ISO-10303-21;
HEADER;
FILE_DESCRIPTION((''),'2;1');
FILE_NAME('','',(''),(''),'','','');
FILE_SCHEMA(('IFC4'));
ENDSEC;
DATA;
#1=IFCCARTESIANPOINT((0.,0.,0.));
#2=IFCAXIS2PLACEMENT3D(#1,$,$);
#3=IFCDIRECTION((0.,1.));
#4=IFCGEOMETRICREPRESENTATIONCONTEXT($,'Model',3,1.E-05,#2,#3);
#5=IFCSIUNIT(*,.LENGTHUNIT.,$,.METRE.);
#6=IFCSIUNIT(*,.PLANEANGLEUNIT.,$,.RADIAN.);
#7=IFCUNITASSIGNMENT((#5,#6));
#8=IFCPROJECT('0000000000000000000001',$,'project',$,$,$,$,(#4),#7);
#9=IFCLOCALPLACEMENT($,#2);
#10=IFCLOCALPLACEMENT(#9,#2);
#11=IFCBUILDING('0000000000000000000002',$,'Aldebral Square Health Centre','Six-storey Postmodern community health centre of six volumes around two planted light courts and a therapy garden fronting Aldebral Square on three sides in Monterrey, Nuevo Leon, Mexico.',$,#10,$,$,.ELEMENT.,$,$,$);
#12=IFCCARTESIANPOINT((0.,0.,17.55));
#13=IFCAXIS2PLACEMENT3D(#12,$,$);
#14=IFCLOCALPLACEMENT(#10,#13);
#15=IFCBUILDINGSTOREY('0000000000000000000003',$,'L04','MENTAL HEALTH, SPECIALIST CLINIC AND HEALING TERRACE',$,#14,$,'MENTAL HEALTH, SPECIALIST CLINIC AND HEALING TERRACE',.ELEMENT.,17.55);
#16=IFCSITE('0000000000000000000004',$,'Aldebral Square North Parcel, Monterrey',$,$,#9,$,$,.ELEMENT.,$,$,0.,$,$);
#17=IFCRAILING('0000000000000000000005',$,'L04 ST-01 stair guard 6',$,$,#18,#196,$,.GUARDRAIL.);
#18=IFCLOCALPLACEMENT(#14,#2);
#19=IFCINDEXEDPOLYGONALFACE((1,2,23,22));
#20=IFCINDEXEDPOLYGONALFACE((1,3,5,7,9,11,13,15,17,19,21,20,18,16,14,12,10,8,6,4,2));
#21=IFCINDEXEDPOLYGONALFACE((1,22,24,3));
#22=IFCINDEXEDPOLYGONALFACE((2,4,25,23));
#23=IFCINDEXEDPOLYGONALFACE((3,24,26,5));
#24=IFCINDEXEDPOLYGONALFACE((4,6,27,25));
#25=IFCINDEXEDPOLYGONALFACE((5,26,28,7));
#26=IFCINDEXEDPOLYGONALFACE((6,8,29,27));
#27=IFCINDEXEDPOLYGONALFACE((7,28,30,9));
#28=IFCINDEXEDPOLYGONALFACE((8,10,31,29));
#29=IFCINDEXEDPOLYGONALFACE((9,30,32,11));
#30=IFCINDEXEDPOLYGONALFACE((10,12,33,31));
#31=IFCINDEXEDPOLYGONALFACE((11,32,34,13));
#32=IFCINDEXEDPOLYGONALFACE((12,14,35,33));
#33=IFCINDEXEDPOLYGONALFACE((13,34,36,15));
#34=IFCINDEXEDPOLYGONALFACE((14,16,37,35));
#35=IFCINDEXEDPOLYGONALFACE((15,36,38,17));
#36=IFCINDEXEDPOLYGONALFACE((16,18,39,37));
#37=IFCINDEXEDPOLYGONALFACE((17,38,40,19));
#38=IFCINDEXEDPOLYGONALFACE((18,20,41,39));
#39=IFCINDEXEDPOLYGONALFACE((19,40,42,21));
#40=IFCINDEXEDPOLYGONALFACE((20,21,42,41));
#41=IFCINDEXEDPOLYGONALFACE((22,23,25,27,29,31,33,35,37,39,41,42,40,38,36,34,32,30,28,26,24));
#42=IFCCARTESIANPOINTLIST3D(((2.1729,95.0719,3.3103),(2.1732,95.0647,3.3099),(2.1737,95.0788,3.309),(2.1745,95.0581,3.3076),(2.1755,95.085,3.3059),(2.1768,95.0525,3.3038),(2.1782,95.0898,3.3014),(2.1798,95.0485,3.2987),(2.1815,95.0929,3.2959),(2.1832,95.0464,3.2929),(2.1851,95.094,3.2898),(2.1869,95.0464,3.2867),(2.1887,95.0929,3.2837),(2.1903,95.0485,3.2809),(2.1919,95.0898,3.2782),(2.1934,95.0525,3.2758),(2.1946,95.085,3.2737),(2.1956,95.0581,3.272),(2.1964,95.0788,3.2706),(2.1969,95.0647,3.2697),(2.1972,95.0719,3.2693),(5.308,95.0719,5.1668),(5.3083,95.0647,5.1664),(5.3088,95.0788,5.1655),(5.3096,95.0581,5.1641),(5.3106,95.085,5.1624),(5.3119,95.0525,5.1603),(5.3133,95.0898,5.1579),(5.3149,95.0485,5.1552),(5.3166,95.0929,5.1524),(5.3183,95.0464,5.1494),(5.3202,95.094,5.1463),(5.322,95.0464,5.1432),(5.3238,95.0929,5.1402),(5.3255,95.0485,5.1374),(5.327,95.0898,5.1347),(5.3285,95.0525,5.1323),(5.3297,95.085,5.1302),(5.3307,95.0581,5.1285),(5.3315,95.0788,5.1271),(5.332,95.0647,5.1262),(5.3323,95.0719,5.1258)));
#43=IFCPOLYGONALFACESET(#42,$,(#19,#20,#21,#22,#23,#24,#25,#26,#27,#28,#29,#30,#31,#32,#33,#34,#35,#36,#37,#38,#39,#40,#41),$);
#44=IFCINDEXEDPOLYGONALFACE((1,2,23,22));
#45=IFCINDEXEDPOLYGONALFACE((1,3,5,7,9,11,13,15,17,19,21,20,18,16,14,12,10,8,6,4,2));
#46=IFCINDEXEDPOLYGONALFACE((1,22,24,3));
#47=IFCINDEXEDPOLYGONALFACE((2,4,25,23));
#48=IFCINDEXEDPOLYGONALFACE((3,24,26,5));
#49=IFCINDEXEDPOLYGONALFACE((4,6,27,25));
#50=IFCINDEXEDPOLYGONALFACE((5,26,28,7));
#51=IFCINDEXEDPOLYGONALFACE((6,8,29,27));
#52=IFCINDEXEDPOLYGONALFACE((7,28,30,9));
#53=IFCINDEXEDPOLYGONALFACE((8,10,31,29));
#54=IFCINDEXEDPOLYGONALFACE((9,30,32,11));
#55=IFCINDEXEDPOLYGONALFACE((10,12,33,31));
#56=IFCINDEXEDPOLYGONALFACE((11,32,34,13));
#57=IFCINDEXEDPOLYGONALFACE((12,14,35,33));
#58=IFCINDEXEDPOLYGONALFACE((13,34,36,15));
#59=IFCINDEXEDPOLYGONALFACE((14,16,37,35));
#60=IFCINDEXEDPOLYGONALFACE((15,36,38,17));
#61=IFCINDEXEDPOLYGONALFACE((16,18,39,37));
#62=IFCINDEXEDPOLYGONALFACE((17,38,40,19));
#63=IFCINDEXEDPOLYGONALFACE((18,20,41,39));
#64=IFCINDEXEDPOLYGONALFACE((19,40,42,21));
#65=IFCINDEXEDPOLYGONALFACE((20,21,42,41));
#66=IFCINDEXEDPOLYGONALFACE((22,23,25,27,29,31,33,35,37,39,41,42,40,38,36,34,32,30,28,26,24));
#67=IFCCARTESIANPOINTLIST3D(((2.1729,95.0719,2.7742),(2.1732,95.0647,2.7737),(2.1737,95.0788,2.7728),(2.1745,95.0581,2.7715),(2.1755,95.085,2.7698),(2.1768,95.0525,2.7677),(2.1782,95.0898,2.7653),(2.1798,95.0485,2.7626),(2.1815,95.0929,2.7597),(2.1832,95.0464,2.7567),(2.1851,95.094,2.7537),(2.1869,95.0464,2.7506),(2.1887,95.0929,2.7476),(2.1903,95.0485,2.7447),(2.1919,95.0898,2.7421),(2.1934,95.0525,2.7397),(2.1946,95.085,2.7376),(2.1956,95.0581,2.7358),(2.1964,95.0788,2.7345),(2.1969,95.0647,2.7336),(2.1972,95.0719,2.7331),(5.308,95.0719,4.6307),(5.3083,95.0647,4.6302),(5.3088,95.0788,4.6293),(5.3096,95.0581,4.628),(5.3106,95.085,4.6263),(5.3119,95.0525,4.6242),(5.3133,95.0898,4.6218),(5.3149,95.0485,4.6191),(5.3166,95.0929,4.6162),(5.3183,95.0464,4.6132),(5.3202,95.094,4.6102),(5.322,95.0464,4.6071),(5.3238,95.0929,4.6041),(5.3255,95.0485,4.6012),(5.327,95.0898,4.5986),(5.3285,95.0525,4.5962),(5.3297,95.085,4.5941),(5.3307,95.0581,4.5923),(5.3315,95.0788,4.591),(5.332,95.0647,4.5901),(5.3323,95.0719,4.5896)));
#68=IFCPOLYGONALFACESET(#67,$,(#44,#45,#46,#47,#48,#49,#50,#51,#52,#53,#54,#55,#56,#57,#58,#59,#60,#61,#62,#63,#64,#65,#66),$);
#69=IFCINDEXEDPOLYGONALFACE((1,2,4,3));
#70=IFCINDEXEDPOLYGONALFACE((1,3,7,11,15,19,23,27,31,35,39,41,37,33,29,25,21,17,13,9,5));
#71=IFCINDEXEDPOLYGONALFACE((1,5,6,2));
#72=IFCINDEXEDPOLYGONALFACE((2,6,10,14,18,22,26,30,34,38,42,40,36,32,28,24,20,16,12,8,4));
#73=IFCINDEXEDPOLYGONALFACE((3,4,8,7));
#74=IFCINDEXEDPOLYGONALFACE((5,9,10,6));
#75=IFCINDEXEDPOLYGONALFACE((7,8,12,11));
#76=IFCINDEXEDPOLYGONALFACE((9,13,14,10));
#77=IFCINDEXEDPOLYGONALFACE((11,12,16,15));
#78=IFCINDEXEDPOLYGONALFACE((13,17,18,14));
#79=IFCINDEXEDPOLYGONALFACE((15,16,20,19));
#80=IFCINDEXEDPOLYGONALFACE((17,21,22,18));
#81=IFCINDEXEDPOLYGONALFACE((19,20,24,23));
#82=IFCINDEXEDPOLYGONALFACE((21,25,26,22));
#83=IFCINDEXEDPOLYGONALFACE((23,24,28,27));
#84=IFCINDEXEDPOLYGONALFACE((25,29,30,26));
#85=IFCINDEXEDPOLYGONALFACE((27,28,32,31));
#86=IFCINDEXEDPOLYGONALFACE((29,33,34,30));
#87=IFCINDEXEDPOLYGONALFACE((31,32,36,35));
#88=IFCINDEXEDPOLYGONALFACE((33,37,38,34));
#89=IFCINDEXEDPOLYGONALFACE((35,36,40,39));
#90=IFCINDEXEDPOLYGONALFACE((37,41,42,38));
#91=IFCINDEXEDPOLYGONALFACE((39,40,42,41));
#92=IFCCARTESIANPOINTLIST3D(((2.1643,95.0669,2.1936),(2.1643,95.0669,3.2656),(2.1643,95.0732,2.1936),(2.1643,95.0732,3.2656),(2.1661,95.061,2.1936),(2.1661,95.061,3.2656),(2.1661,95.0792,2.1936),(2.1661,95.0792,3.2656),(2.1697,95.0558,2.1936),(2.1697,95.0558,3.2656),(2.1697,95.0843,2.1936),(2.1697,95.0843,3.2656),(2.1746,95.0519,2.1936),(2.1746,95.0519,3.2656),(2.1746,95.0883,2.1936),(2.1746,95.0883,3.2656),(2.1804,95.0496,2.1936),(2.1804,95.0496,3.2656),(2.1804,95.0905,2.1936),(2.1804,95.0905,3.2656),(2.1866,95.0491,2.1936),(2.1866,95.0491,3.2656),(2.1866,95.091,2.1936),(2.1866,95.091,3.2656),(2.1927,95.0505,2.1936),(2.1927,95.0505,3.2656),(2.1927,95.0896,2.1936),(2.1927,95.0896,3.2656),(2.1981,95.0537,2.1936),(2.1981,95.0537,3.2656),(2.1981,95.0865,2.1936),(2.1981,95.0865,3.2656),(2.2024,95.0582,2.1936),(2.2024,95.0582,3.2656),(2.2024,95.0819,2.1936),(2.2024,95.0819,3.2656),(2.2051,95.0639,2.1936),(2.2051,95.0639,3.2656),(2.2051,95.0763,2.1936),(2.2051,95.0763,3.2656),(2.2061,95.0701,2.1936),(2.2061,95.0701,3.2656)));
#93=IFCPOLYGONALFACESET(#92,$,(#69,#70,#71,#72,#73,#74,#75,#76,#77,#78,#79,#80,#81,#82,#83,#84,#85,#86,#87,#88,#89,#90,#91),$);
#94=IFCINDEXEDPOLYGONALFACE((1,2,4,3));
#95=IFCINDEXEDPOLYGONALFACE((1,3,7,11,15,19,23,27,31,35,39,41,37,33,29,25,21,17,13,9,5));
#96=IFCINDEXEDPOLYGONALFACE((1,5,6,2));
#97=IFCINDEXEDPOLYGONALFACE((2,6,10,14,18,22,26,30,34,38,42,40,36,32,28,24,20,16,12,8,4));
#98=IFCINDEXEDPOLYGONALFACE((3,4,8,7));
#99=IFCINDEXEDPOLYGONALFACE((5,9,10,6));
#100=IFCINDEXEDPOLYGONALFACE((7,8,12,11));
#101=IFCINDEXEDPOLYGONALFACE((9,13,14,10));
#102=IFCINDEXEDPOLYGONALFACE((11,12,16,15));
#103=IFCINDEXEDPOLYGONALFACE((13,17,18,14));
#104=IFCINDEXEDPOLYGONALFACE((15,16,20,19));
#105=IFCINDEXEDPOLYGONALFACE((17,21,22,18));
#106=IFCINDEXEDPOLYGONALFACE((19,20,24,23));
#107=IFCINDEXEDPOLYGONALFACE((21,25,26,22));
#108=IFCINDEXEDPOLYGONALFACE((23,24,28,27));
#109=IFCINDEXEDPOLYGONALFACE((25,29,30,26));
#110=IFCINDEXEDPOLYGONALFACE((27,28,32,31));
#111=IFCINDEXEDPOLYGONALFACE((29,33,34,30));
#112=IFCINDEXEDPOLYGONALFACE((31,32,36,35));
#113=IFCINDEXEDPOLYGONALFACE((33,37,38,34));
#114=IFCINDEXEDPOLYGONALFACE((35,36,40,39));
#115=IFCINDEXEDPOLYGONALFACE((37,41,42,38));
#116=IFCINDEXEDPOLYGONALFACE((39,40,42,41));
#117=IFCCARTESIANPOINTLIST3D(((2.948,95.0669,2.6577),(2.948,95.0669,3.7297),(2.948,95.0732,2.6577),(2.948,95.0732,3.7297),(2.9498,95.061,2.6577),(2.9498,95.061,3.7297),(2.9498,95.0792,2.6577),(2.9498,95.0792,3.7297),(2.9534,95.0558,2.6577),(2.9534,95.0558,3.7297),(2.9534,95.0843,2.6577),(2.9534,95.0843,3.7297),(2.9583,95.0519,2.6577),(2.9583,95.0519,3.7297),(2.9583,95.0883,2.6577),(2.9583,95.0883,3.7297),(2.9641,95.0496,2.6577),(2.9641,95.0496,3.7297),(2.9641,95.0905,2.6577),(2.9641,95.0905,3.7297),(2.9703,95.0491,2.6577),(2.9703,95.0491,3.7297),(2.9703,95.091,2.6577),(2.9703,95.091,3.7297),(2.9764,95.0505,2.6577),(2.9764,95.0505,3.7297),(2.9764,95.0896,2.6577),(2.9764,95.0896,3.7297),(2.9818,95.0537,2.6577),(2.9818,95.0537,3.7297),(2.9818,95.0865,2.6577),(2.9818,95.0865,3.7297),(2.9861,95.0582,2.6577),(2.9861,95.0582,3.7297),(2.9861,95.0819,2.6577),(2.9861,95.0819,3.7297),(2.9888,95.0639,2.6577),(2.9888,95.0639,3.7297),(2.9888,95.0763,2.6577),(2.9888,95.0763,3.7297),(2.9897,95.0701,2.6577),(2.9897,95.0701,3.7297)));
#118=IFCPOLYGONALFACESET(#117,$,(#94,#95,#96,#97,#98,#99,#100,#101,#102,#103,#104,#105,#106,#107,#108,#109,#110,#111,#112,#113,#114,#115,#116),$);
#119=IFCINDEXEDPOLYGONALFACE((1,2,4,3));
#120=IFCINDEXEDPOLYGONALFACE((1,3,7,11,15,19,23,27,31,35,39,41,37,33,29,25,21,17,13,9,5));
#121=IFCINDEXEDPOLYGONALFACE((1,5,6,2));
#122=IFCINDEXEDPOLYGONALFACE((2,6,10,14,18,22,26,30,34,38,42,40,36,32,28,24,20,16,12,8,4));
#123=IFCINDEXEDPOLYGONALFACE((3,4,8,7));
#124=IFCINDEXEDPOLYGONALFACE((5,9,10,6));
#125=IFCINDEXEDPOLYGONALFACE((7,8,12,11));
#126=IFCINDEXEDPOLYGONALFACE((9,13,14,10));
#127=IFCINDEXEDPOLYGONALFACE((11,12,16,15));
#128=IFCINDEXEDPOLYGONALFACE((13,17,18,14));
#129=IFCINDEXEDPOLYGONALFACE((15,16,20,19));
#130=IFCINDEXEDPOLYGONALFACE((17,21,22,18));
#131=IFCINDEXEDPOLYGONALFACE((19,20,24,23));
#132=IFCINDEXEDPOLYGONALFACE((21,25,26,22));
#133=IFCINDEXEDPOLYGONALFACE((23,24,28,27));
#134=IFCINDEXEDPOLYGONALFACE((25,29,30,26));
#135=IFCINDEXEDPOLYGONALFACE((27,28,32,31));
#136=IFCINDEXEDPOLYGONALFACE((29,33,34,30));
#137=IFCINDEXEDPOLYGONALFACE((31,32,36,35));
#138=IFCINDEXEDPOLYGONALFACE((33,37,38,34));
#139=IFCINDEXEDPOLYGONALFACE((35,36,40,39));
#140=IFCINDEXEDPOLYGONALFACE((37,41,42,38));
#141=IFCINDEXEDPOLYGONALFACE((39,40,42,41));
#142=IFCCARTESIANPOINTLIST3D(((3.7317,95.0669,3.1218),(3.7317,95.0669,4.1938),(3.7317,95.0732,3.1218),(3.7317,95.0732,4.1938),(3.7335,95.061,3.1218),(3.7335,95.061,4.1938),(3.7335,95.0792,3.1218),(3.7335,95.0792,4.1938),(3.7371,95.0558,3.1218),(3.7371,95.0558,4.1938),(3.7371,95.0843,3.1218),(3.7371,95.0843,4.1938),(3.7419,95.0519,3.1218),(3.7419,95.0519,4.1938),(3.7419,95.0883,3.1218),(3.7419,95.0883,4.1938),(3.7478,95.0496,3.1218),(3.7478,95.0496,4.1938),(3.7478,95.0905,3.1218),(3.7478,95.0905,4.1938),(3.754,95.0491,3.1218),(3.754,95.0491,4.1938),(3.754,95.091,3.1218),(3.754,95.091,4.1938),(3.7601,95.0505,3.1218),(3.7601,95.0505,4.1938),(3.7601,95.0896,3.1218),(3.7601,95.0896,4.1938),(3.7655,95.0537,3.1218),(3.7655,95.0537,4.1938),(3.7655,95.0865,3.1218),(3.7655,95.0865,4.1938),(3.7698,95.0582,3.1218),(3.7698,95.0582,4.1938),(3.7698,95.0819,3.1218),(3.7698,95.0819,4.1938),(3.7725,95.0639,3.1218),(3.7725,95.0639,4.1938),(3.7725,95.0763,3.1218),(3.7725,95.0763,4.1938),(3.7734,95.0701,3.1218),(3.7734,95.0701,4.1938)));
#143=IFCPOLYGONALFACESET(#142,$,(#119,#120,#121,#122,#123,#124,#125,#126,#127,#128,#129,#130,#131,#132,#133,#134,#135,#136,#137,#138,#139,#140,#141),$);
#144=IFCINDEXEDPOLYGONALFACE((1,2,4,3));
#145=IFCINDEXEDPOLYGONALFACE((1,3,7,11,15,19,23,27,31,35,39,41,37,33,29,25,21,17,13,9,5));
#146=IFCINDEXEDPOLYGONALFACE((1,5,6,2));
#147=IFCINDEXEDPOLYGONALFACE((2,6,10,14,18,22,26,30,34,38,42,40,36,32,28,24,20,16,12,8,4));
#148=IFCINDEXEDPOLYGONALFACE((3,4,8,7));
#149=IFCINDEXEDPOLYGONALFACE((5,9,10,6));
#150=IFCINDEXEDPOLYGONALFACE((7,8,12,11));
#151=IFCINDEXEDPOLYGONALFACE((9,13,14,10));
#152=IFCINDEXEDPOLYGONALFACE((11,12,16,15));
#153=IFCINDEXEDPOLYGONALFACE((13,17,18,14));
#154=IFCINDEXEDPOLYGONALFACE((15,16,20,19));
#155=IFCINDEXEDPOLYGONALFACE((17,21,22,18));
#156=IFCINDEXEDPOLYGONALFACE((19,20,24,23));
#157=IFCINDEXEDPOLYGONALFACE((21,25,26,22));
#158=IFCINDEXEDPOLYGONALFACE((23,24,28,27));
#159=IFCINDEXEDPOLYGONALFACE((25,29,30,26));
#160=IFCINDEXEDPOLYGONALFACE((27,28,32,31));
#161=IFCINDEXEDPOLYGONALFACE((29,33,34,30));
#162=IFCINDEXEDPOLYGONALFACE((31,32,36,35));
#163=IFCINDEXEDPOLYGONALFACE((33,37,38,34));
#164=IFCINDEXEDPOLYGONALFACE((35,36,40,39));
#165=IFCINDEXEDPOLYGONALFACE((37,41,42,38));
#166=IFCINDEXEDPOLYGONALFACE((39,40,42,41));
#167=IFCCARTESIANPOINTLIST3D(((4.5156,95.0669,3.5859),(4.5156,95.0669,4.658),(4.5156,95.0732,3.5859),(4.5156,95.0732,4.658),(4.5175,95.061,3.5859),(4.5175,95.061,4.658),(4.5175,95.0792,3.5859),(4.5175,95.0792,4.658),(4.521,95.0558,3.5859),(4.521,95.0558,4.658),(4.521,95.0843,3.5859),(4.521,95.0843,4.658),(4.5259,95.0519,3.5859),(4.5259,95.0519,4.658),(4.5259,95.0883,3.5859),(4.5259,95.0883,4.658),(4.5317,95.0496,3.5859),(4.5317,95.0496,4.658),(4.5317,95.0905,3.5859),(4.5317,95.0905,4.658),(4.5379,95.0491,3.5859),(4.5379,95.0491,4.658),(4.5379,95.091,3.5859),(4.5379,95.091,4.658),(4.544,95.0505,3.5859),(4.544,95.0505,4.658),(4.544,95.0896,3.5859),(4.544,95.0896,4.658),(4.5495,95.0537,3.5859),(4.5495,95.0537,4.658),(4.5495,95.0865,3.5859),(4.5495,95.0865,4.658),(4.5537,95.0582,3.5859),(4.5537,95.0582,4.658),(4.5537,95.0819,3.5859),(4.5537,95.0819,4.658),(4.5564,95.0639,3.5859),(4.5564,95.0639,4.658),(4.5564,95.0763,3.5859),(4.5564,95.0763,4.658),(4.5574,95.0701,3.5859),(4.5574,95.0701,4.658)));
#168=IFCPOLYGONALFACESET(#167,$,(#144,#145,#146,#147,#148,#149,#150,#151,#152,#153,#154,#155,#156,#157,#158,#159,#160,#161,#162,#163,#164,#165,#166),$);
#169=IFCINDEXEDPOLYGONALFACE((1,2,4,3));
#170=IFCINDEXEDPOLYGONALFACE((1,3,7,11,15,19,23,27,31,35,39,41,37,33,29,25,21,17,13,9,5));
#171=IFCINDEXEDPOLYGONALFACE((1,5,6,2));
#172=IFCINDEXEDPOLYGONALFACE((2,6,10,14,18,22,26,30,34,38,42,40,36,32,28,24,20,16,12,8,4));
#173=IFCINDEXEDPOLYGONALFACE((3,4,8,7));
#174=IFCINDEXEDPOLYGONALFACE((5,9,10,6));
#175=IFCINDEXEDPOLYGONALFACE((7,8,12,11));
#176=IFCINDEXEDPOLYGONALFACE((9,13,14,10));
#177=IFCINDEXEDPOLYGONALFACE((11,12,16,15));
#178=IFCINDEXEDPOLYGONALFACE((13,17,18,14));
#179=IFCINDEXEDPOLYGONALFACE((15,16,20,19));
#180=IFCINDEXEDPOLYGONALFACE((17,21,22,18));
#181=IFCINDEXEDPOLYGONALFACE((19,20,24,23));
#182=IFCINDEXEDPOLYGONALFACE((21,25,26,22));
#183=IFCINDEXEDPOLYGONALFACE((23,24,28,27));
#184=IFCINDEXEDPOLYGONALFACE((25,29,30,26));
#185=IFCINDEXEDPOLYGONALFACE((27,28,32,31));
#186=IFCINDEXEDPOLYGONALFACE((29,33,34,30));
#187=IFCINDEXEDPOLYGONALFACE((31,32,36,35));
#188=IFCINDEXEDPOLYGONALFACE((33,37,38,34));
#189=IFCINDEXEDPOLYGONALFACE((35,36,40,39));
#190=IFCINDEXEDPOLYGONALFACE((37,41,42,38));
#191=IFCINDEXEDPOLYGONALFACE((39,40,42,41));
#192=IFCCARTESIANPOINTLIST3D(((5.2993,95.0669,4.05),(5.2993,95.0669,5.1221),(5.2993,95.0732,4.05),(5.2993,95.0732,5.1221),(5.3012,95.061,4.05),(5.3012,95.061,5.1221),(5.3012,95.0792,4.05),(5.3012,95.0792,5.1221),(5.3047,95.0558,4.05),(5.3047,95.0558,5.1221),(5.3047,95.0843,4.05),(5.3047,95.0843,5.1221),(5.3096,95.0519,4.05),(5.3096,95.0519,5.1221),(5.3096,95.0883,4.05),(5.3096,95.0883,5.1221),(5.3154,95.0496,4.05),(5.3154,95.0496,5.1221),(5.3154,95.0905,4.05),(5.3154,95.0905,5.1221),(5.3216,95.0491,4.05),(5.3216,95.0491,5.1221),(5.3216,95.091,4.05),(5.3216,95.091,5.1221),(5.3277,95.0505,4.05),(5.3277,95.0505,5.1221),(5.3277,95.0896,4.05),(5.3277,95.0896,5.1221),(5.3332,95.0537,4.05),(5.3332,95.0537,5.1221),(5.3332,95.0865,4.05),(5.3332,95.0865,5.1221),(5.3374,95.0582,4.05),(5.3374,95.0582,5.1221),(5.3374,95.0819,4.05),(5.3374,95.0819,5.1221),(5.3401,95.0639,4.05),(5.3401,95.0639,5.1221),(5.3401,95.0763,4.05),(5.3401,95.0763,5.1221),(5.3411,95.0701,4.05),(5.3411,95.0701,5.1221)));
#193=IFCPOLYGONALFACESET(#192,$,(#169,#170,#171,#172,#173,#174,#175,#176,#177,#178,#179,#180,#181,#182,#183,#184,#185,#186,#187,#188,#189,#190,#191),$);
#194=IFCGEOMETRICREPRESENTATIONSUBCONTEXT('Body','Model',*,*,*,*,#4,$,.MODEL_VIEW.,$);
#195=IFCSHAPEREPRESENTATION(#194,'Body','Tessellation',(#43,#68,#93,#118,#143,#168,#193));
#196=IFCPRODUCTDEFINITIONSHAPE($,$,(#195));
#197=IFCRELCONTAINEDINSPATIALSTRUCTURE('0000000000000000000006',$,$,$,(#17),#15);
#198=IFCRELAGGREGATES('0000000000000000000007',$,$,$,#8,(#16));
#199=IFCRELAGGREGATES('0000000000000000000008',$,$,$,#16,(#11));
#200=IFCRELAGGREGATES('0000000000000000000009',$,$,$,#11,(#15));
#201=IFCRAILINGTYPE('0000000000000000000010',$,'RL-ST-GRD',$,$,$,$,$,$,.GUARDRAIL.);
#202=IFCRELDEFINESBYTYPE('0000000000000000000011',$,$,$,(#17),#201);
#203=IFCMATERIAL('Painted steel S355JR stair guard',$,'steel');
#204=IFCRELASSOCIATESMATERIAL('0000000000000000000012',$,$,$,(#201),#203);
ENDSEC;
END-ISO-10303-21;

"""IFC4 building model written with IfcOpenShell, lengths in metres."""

from ifc_helpers import new_model, si_unit, direction, frame, origin, origin_2d, place, context, subcontext, project, spatial, circle, extrude, material, type_object, element, save


model = new_model("IFC4")

# Units and contexts
model_context = context("Model", 3, precision=1e-05, world=origin(), true_north=direction((0.0, 1.0)))
body_context = subcontext(model_context, "Body", "Model", "MODEL_VIEW")
ifc_project = project(units=[si_unit("LENGTHUNIT", "METRE"), si_unit("PLANEANGLEUNIT", "RADIAN")], contexts=[model_context])

# Site, building, storey
site_placement = place(None, origin())
site = spatial("IfcSite", under=ifc_project, at=site_placement, Name="Aldebral Square North Parcel, Monterrey", CompositionType="ELEMENT", RefElevation=0.0)
building_placement = place(site_placement, origin())
building = spatial("IfcBuilding", under=site, at=building_placement, Name="Aldebral Square Health Centre", Description="Six-storey Postmodern community health centre of six volumes around two planted light courts and a therapy garden fronting Aldebral Square on three sides in Monterrey, Nuevo Leon, Mexico.", CompositionType="ELEMENT")
storey_placement = place(building_placement, frame((0.0, 0.0, 17.55)))
storey = spatial("IfcBuildingStorey", under=building, at=storey_placement, Name="L04", Description="MENTAL HEALTH, SPECIALIST CLINIC AND HEALING TERRACE", LongName="MENTAL HEALTH, SPECIALIST CLINIC AND HEALING TERRACE", CompositionType="ELEMENT", Elevation=17.55)

# Railing
ifc_material_1 = material(Name="Painted steel S355JR stair guard", Category="steel")
railing_type_1 = type_object("IfcRailingType", Name="RL-ST-GRD", PredefinedType="GUARDRAIL", material=ifc_material_1)
railing_1_placement = place(storey_placement, frame((2.1851, 95.0701, 2.1936)))
element("IfcRailing", 1, at=railing_1_placement, inside=storey, type_object=railing_type_1, Name="L04 ST-01 stair guard 6", PredefinedType="GUARDRAIL", context=body_context, shape_type="SweptSolid", body=[
    extrude(circle(Radius=0.0239, at=origin_2d()), frame((0.0, 0.0, 1.0962), z_axis=(0.860453, 0.0, 0.509531), x_axis=(0.0, 1.0, 0.0)), (0.0, 0.0, 1.0), 3.6436),
    extrude(circle(Radius=0.0239, at=origin_2d()), frame((0.0, 0.0, 0.5601), z_axis=(0.860453, 0.0, 0.509531), x_axis=(0.0, 1.0, 0.0)), (0.0, 0.0, 1.0), 3.6436),
    extrude(circle(Radius=0.021, at=origin_2d()), origin(), (0.0, 0.0, 1.0), 1.072),
    extrude(circle(Radius=0.021, at=origin_2d()), frame((0.7837, 0.0, 0.4641)), (0.0, 0.0, 1.0), 1.072),
    extrude(circle(Radius=0.021, at=origin_2d()), frame((1.5674, 0.0, 0.9282)), (0.0, 0.0, 1.0), 1.072),
    extrude(circle(Radius=0.021, at=origin_2d()), frame((2.3513, 0.0, 1.3923)), (0.0, 0.0, 1.0), 1.072),
    extrude(circle(Radius=0.021, at=origin_2d()), frame((3.135, 0.0, 1.8564)), (0.0, 0.0, 1.0), 1.072),
])

save(model, "model.ifc")
